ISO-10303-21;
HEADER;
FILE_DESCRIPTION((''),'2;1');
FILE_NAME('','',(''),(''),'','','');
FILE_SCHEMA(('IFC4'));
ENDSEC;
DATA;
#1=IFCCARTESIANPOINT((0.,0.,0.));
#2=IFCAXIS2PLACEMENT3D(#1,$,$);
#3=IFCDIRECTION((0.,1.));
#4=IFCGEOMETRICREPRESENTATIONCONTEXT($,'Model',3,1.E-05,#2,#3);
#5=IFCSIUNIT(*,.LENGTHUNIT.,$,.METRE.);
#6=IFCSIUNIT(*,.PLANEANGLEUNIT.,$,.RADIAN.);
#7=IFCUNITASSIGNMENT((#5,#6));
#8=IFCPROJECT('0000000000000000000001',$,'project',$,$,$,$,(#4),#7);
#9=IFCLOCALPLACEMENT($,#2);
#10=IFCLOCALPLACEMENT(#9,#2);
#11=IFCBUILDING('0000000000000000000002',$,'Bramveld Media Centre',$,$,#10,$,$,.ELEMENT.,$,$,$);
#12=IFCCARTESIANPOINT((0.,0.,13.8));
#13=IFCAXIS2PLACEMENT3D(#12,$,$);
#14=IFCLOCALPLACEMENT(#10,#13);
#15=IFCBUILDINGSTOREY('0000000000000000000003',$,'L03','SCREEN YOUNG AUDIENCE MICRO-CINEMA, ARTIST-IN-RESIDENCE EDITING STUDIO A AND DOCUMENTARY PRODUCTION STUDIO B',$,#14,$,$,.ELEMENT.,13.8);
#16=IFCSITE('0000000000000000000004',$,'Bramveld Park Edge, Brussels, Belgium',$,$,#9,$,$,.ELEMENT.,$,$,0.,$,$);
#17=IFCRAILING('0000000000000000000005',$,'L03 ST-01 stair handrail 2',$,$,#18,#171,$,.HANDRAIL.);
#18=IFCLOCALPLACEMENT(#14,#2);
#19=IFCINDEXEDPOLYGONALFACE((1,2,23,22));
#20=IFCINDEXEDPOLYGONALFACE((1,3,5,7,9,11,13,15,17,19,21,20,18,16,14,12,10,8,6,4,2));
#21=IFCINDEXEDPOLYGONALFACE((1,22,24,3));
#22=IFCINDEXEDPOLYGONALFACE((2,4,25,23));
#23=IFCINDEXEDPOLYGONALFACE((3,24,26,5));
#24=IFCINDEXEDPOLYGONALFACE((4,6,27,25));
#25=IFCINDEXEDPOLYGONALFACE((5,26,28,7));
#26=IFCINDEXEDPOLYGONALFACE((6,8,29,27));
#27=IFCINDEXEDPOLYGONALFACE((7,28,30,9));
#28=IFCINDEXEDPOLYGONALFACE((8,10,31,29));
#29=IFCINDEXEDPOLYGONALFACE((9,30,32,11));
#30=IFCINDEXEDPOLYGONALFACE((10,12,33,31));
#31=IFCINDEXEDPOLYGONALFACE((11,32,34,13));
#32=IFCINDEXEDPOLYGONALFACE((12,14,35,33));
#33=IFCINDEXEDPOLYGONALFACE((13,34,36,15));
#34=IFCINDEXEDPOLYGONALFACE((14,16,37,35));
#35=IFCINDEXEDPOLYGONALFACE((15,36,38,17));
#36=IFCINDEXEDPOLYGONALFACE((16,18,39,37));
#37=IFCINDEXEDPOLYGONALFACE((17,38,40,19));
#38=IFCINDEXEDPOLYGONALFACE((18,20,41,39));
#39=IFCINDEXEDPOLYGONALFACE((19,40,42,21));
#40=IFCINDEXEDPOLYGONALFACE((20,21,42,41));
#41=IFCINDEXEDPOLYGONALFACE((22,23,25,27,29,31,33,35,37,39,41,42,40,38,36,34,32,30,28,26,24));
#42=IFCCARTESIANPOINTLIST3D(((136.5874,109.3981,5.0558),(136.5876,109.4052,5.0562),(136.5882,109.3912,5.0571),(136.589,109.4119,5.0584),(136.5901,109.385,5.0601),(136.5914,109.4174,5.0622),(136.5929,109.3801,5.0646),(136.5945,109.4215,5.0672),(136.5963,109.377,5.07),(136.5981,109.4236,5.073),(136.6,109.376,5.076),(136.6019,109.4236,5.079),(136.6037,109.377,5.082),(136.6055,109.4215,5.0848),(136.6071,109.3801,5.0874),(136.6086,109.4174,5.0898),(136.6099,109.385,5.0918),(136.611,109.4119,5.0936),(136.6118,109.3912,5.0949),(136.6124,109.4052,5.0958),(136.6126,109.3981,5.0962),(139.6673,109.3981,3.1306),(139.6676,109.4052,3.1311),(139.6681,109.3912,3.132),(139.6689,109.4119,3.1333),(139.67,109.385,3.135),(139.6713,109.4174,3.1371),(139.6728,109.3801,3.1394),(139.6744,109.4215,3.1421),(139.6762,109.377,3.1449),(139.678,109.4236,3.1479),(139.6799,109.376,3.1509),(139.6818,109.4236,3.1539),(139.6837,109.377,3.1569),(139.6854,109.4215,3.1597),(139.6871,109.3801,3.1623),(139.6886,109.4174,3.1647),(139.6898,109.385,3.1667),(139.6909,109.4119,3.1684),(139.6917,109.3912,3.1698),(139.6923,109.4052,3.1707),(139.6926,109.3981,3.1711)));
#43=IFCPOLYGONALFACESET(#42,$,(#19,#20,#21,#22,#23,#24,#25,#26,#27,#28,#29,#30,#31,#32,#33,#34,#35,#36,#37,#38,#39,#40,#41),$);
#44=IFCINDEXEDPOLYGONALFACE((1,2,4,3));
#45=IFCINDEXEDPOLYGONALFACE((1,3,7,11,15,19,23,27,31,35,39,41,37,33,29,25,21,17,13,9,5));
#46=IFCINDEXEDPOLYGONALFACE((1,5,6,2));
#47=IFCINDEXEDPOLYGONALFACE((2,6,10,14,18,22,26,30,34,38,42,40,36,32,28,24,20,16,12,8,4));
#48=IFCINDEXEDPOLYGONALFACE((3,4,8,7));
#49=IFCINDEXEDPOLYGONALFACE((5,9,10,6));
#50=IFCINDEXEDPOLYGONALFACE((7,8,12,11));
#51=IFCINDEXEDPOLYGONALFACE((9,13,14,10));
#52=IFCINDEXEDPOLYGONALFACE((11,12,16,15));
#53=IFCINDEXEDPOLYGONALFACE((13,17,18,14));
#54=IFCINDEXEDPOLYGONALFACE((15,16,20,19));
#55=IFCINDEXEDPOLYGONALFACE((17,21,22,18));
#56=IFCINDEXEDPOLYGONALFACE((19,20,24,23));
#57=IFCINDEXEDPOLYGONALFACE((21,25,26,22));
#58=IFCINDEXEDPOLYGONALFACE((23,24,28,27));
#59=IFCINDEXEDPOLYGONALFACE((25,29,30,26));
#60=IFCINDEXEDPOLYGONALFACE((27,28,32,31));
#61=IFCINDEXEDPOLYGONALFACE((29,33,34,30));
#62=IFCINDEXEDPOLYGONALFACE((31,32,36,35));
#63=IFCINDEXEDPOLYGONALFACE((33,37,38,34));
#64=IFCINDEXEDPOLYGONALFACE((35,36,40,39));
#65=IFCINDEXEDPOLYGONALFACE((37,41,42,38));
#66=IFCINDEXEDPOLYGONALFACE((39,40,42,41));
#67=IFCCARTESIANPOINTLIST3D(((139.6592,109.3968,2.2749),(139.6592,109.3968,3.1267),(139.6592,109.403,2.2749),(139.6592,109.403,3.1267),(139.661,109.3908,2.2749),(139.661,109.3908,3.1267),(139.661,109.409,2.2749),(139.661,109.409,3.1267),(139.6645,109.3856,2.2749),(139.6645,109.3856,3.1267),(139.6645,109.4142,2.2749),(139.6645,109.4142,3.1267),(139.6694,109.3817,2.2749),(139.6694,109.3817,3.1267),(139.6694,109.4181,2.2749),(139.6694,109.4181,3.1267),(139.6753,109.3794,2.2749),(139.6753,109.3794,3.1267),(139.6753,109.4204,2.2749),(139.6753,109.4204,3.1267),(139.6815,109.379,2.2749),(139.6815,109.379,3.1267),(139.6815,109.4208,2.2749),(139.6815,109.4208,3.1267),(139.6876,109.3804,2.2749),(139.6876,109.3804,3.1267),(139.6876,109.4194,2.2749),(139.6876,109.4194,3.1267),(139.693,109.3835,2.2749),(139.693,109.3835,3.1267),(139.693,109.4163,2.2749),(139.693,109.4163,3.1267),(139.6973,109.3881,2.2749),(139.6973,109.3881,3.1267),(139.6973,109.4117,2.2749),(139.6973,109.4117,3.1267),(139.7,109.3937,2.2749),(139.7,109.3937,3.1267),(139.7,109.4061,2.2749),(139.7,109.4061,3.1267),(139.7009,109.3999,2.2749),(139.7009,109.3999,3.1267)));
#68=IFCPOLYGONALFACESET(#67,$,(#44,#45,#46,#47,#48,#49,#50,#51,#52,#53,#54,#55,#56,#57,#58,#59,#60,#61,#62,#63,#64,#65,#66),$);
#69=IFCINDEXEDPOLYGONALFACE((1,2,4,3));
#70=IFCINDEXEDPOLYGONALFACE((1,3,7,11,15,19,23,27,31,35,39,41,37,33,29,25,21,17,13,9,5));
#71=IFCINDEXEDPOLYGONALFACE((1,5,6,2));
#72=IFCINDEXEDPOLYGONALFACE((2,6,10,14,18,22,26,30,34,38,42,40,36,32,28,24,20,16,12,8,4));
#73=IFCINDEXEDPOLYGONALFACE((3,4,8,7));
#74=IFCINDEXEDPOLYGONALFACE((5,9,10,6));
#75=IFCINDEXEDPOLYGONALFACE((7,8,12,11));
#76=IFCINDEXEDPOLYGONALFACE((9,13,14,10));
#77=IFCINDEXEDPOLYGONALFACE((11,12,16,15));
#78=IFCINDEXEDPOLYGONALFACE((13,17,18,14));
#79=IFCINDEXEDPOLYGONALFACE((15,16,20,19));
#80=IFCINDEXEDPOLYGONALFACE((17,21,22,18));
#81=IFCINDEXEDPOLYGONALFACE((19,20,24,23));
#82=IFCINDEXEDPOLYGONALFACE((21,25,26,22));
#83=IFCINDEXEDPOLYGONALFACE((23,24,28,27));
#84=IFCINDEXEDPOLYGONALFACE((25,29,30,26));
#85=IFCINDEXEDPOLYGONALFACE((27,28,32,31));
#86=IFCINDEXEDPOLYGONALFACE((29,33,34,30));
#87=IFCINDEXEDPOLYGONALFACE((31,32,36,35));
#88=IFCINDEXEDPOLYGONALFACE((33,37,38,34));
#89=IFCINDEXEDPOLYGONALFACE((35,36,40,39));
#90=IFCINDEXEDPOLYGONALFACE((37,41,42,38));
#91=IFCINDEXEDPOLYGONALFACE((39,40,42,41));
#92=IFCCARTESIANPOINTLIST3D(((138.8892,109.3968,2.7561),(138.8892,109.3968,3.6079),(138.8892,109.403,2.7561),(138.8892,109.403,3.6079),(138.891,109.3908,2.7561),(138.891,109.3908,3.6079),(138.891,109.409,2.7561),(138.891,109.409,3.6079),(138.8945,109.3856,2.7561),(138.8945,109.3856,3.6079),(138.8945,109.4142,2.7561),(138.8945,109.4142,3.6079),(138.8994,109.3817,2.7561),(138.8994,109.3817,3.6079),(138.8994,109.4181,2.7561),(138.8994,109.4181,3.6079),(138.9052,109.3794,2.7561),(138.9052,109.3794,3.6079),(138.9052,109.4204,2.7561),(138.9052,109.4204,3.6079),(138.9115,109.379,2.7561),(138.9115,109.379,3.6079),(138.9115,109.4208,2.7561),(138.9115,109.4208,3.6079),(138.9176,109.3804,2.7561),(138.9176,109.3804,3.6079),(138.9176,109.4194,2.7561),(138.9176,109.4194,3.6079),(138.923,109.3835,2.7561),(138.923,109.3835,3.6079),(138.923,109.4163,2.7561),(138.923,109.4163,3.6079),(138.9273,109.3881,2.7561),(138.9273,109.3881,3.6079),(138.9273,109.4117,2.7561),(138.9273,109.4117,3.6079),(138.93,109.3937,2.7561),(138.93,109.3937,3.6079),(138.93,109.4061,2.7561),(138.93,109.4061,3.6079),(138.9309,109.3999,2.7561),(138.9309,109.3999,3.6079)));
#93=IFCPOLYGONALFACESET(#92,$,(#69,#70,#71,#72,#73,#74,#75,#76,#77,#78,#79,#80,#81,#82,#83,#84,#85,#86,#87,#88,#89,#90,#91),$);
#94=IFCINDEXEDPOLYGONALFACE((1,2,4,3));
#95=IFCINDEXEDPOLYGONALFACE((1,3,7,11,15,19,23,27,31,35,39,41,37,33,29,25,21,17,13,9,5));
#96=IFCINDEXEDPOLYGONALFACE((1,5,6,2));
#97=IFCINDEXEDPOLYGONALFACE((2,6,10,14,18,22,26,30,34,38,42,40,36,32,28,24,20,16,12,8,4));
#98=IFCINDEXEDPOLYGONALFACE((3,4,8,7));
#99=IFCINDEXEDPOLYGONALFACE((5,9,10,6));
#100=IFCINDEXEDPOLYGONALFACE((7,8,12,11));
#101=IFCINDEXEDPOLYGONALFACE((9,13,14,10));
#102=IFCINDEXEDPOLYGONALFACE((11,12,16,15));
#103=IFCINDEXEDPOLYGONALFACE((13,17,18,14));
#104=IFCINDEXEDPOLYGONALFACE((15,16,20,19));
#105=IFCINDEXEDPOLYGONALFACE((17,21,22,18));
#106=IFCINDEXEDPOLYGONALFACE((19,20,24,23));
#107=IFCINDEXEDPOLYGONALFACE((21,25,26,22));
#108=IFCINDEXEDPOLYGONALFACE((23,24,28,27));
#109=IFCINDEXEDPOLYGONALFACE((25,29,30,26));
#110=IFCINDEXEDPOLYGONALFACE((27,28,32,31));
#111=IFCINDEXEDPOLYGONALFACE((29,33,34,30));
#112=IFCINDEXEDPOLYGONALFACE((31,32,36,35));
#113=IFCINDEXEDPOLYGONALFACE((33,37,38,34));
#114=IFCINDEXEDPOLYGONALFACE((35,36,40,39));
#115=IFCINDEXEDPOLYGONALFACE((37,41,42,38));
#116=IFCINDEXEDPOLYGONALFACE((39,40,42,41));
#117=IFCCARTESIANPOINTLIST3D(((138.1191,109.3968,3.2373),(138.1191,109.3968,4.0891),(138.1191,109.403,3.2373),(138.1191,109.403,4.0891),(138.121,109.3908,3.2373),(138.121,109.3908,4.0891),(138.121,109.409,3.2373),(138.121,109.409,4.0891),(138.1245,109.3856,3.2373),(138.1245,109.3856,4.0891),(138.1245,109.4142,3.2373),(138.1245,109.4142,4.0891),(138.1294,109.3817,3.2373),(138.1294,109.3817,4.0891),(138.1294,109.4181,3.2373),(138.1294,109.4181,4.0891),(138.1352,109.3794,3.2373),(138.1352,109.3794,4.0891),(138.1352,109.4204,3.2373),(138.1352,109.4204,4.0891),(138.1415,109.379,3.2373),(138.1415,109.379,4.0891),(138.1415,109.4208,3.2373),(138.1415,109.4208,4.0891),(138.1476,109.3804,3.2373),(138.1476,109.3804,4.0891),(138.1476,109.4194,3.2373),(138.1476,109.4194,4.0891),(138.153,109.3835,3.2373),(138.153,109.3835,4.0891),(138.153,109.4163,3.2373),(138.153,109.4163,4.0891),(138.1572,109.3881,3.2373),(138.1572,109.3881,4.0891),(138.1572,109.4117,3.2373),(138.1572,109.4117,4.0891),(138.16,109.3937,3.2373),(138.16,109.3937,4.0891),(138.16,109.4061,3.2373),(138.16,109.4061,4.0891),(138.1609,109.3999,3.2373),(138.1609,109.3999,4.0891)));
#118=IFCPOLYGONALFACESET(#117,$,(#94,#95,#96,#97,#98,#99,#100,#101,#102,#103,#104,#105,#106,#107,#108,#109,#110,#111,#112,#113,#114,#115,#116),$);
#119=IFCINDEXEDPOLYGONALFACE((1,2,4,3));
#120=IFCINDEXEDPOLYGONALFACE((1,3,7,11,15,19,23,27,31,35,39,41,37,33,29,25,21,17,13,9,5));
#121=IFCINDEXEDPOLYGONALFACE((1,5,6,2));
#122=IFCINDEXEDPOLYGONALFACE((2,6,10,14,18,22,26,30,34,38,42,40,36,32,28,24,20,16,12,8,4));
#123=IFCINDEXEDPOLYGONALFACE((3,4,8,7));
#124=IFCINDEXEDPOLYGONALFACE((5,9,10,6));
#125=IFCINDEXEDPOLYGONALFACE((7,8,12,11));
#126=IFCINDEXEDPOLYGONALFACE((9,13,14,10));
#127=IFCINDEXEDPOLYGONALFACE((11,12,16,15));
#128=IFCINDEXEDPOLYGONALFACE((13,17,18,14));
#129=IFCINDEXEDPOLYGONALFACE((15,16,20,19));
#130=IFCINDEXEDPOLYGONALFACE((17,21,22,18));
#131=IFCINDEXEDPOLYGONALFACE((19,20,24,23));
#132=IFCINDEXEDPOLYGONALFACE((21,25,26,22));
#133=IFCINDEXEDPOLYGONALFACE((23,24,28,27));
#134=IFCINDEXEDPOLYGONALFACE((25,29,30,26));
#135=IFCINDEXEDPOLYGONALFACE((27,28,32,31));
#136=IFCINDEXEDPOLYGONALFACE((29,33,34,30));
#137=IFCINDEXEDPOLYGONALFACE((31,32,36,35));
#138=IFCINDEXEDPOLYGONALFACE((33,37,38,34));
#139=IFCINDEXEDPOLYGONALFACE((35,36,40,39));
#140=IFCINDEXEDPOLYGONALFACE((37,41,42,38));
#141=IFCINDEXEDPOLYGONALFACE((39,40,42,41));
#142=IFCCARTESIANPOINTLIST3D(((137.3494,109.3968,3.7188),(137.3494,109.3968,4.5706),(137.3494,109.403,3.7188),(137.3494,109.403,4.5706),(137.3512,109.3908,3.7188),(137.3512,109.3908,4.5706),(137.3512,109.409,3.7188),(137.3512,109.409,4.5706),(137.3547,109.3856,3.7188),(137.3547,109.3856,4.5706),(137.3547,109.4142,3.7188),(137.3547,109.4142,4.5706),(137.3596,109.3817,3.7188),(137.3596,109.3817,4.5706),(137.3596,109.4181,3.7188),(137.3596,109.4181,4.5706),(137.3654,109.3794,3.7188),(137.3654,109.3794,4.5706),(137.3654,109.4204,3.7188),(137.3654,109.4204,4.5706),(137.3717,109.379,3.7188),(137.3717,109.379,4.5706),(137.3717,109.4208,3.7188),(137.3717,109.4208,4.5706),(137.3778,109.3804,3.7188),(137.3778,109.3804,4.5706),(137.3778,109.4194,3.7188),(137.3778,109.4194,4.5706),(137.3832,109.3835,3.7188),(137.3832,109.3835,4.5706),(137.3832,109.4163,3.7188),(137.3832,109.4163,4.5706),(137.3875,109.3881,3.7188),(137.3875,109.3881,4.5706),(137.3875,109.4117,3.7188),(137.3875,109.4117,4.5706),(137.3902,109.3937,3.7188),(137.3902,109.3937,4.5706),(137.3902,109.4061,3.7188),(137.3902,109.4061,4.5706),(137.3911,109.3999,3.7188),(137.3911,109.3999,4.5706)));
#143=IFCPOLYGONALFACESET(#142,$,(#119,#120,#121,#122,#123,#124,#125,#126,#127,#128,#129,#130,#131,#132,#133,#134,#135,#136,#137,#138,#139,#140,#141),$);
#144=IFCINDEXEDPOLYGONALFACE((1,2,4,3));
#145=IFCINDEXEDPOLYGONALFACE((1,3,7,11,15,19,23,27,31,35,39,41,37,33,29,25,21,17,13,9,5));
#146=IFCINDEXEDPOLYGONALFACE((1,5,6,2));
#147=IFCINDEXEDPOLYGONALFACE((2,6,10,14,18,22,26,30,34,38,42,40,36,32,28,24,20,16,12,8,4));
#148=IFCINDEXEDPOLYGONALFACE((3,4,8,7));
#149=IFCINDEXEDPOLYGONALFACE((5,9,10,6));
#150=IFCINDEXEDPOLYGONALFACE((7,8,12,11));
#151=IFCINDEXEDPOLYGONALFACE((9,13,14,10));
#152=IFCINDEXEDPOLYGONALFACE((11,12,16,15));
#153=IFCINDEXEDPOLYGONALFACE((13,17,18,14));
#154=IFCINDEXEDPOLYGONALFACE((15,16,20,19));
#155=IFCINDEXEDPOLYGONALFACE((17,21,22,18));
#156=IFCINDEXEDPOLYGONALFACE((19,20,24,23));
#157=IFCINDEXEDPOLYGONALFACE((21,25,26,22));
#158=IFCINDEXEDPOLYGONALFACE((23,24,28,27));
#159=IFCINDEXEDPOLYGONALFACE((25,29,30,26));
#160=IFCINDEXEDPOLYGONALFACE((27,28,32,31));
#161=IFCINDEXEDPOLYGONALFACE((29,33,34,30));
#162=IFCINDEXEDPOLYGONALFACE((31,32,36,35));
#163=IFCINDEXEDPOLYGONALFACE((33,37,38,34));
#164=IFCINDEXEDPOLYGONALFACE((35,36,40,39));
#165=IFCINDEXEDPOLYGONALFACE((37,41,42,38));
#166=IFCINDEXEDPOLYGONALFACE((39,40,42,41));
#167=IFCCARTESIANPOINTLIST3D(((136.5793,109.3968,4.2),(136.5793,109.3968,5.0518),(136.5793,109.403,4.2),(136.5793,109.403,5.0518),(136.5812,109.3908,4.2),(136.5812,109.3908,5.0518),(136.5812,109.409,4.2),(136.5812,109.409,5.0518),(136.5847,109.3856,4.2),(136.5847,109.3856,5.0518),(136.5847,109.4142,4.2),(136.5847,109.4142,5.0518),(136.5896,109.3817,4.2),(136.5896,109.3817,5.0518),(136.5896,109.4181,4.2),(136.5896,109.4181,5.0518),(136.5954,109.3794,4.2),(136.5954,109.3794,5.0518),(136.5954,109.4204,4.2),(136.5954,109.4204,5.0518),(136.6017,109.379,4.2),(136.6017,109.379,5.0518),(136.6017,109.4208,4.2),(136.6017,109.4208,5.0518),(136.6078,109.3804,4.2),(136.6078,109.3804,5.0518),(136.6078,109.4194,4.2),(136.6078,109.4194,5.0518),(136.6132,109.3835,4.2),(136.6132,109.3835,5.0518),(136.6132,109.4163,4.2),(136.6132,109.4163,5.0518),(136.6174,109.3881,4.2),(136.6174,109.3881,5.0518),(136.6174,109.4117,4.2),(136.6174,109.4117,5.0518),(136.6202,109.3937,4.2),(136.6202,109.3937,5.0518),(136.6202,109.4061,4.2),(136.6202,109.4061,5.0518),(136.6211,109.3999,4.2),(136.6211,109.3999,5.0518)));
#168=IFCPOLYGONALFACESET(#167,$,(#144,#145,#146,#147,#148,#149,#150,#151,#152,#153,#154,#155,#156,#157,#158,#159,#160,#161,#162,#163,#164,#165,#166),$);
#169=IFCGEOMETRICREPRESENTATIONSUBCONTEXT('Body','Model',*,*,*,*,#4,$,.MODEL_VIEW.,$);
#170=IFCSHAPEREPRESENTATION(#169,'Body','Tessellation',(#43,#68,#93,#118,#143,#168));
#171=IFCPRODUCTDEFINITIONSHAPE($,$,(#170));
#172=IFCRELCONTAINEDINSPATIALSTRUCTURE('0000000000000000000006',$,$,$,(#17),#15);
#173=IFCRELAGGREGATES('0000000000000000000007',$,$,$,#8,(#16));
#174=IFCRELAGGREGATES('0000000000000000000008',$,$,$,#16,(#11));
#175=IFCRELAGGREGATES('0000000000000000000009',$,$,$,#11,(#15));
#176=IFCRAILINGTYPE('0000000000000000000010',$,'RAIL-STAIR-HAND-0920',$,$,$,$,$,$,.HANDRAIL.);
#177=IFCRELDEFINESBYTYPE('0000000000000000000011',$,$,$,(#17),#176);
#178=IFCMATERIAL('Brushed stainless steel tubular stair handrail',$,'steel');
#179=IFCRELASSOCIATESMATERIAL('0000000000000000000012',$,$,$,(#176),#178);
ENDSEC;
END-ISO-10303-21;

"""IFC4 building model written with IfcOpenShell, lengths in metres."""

from ifc_helpers import new_model, si_unit, direction, frame, origin, origin_2d, place, context, subcontext, project, spatial, circle, extrude, material, type_object, element, save


model = new_model("IFC4")

# Units and contexts
model_context = context("Model", 3, precision=1e-05, world=origin(), true_north=direction((0.0, 1.0)))
body_context = subcontext(model_context, "Body", "Model", "MODEL_VIEW")
ifc_project = project(units=[si_unit("LENGTHUNIT", "METRE"), si_unit("PLANEANGLEUNIT", "RADIAN")], contexts=[model_context])

# Site, building, storey
site_placement = place(None, origin())
site = spatial("IfcSite", under=ifc_project, at=site_placement, Name="Bramveld Park Edge, Brussels, Belgium", CompositionType="ELEMENT", RefElevation=0.0)
building_placement = place(site_placement, origin())
building = spatial("IfcBuilding", under=site, at=building_placement, Name="Bramveld Media Centre", CompositionType="ELEMENT")
storey_placement = place(building_placement, frame((0.0, 0.0, 13.8)))
storey = spatial("IfcBuildingStorey", under=building, at=storey_placement, Name="L03", Description="SCREEN YOUNG AUDIENCE MICRO-CINEMA, ARTIST-IN-RESIDENCE EDITING STUDIO A AND DOCUMENTARY PRODUCTION STUDIO B", CompositionType="ELEMENT", Elevation=13.8)

# Railing
ifc_material_1 = material(Name="Brushed stainless steel tubular stair handrail", Category="steel")
railing_type_1 = type_object("IfcRailingType", Name="RAIL-STAIR-HAND-0920", PredefinedType="HANDRAIL", material=ifc_material_1)
railing_1_placement = place(storey_placement, frame((139.6799, 109.3999, 2.2749)))
element("IfcRailing", 1, at=railing_1_placement, inside=storey, type_object=railing_type_1, Name="L03 ST-01 stair handrail 2", PredefinedType="HANDRAIL", context=body_context, shape_type="SweptSolid", body=[
    extrude(circle(Radius=0.0239, at=origin_2d()), frame((0.0, 0.0, 0.876), z_axis=(-0.847979, 0.0, 0.530029), x_axis=(0.0, -1.0, 0.0)), (0.0, 0.0, 1.0), 3.6321),
    extrude(circle(Radius=0.021, at=origin_2d()), origin(), (0.0, 0.0, 1.0), 0.8518),
    extrude(circle(Radius=0.021, at=origin_2d()), frame((-0.77, 0.0, 0.4812)), (0.0, 0.0, 1.0), 0.8518),
    extrude(circle(Radius=0.021, at=origin_2d()), frame((-1.54, 0.0, 0.9624)), (0.0, 0.0, 1.0), 0.8518),
    extrude(circle(Radius=0.021, at=origin_2d()), frame((-2.3098, 0.0, 1.4438)), (0.0, 0.0, 1.0), 0.8518),
    extrude(circle(Radius=0.021, at=origin_2d()), frame((-3.0798, 0.0, 1.925)), (0.0, 0.0, 1.0), 0.8518),
])

save(model, "model.ifc")
